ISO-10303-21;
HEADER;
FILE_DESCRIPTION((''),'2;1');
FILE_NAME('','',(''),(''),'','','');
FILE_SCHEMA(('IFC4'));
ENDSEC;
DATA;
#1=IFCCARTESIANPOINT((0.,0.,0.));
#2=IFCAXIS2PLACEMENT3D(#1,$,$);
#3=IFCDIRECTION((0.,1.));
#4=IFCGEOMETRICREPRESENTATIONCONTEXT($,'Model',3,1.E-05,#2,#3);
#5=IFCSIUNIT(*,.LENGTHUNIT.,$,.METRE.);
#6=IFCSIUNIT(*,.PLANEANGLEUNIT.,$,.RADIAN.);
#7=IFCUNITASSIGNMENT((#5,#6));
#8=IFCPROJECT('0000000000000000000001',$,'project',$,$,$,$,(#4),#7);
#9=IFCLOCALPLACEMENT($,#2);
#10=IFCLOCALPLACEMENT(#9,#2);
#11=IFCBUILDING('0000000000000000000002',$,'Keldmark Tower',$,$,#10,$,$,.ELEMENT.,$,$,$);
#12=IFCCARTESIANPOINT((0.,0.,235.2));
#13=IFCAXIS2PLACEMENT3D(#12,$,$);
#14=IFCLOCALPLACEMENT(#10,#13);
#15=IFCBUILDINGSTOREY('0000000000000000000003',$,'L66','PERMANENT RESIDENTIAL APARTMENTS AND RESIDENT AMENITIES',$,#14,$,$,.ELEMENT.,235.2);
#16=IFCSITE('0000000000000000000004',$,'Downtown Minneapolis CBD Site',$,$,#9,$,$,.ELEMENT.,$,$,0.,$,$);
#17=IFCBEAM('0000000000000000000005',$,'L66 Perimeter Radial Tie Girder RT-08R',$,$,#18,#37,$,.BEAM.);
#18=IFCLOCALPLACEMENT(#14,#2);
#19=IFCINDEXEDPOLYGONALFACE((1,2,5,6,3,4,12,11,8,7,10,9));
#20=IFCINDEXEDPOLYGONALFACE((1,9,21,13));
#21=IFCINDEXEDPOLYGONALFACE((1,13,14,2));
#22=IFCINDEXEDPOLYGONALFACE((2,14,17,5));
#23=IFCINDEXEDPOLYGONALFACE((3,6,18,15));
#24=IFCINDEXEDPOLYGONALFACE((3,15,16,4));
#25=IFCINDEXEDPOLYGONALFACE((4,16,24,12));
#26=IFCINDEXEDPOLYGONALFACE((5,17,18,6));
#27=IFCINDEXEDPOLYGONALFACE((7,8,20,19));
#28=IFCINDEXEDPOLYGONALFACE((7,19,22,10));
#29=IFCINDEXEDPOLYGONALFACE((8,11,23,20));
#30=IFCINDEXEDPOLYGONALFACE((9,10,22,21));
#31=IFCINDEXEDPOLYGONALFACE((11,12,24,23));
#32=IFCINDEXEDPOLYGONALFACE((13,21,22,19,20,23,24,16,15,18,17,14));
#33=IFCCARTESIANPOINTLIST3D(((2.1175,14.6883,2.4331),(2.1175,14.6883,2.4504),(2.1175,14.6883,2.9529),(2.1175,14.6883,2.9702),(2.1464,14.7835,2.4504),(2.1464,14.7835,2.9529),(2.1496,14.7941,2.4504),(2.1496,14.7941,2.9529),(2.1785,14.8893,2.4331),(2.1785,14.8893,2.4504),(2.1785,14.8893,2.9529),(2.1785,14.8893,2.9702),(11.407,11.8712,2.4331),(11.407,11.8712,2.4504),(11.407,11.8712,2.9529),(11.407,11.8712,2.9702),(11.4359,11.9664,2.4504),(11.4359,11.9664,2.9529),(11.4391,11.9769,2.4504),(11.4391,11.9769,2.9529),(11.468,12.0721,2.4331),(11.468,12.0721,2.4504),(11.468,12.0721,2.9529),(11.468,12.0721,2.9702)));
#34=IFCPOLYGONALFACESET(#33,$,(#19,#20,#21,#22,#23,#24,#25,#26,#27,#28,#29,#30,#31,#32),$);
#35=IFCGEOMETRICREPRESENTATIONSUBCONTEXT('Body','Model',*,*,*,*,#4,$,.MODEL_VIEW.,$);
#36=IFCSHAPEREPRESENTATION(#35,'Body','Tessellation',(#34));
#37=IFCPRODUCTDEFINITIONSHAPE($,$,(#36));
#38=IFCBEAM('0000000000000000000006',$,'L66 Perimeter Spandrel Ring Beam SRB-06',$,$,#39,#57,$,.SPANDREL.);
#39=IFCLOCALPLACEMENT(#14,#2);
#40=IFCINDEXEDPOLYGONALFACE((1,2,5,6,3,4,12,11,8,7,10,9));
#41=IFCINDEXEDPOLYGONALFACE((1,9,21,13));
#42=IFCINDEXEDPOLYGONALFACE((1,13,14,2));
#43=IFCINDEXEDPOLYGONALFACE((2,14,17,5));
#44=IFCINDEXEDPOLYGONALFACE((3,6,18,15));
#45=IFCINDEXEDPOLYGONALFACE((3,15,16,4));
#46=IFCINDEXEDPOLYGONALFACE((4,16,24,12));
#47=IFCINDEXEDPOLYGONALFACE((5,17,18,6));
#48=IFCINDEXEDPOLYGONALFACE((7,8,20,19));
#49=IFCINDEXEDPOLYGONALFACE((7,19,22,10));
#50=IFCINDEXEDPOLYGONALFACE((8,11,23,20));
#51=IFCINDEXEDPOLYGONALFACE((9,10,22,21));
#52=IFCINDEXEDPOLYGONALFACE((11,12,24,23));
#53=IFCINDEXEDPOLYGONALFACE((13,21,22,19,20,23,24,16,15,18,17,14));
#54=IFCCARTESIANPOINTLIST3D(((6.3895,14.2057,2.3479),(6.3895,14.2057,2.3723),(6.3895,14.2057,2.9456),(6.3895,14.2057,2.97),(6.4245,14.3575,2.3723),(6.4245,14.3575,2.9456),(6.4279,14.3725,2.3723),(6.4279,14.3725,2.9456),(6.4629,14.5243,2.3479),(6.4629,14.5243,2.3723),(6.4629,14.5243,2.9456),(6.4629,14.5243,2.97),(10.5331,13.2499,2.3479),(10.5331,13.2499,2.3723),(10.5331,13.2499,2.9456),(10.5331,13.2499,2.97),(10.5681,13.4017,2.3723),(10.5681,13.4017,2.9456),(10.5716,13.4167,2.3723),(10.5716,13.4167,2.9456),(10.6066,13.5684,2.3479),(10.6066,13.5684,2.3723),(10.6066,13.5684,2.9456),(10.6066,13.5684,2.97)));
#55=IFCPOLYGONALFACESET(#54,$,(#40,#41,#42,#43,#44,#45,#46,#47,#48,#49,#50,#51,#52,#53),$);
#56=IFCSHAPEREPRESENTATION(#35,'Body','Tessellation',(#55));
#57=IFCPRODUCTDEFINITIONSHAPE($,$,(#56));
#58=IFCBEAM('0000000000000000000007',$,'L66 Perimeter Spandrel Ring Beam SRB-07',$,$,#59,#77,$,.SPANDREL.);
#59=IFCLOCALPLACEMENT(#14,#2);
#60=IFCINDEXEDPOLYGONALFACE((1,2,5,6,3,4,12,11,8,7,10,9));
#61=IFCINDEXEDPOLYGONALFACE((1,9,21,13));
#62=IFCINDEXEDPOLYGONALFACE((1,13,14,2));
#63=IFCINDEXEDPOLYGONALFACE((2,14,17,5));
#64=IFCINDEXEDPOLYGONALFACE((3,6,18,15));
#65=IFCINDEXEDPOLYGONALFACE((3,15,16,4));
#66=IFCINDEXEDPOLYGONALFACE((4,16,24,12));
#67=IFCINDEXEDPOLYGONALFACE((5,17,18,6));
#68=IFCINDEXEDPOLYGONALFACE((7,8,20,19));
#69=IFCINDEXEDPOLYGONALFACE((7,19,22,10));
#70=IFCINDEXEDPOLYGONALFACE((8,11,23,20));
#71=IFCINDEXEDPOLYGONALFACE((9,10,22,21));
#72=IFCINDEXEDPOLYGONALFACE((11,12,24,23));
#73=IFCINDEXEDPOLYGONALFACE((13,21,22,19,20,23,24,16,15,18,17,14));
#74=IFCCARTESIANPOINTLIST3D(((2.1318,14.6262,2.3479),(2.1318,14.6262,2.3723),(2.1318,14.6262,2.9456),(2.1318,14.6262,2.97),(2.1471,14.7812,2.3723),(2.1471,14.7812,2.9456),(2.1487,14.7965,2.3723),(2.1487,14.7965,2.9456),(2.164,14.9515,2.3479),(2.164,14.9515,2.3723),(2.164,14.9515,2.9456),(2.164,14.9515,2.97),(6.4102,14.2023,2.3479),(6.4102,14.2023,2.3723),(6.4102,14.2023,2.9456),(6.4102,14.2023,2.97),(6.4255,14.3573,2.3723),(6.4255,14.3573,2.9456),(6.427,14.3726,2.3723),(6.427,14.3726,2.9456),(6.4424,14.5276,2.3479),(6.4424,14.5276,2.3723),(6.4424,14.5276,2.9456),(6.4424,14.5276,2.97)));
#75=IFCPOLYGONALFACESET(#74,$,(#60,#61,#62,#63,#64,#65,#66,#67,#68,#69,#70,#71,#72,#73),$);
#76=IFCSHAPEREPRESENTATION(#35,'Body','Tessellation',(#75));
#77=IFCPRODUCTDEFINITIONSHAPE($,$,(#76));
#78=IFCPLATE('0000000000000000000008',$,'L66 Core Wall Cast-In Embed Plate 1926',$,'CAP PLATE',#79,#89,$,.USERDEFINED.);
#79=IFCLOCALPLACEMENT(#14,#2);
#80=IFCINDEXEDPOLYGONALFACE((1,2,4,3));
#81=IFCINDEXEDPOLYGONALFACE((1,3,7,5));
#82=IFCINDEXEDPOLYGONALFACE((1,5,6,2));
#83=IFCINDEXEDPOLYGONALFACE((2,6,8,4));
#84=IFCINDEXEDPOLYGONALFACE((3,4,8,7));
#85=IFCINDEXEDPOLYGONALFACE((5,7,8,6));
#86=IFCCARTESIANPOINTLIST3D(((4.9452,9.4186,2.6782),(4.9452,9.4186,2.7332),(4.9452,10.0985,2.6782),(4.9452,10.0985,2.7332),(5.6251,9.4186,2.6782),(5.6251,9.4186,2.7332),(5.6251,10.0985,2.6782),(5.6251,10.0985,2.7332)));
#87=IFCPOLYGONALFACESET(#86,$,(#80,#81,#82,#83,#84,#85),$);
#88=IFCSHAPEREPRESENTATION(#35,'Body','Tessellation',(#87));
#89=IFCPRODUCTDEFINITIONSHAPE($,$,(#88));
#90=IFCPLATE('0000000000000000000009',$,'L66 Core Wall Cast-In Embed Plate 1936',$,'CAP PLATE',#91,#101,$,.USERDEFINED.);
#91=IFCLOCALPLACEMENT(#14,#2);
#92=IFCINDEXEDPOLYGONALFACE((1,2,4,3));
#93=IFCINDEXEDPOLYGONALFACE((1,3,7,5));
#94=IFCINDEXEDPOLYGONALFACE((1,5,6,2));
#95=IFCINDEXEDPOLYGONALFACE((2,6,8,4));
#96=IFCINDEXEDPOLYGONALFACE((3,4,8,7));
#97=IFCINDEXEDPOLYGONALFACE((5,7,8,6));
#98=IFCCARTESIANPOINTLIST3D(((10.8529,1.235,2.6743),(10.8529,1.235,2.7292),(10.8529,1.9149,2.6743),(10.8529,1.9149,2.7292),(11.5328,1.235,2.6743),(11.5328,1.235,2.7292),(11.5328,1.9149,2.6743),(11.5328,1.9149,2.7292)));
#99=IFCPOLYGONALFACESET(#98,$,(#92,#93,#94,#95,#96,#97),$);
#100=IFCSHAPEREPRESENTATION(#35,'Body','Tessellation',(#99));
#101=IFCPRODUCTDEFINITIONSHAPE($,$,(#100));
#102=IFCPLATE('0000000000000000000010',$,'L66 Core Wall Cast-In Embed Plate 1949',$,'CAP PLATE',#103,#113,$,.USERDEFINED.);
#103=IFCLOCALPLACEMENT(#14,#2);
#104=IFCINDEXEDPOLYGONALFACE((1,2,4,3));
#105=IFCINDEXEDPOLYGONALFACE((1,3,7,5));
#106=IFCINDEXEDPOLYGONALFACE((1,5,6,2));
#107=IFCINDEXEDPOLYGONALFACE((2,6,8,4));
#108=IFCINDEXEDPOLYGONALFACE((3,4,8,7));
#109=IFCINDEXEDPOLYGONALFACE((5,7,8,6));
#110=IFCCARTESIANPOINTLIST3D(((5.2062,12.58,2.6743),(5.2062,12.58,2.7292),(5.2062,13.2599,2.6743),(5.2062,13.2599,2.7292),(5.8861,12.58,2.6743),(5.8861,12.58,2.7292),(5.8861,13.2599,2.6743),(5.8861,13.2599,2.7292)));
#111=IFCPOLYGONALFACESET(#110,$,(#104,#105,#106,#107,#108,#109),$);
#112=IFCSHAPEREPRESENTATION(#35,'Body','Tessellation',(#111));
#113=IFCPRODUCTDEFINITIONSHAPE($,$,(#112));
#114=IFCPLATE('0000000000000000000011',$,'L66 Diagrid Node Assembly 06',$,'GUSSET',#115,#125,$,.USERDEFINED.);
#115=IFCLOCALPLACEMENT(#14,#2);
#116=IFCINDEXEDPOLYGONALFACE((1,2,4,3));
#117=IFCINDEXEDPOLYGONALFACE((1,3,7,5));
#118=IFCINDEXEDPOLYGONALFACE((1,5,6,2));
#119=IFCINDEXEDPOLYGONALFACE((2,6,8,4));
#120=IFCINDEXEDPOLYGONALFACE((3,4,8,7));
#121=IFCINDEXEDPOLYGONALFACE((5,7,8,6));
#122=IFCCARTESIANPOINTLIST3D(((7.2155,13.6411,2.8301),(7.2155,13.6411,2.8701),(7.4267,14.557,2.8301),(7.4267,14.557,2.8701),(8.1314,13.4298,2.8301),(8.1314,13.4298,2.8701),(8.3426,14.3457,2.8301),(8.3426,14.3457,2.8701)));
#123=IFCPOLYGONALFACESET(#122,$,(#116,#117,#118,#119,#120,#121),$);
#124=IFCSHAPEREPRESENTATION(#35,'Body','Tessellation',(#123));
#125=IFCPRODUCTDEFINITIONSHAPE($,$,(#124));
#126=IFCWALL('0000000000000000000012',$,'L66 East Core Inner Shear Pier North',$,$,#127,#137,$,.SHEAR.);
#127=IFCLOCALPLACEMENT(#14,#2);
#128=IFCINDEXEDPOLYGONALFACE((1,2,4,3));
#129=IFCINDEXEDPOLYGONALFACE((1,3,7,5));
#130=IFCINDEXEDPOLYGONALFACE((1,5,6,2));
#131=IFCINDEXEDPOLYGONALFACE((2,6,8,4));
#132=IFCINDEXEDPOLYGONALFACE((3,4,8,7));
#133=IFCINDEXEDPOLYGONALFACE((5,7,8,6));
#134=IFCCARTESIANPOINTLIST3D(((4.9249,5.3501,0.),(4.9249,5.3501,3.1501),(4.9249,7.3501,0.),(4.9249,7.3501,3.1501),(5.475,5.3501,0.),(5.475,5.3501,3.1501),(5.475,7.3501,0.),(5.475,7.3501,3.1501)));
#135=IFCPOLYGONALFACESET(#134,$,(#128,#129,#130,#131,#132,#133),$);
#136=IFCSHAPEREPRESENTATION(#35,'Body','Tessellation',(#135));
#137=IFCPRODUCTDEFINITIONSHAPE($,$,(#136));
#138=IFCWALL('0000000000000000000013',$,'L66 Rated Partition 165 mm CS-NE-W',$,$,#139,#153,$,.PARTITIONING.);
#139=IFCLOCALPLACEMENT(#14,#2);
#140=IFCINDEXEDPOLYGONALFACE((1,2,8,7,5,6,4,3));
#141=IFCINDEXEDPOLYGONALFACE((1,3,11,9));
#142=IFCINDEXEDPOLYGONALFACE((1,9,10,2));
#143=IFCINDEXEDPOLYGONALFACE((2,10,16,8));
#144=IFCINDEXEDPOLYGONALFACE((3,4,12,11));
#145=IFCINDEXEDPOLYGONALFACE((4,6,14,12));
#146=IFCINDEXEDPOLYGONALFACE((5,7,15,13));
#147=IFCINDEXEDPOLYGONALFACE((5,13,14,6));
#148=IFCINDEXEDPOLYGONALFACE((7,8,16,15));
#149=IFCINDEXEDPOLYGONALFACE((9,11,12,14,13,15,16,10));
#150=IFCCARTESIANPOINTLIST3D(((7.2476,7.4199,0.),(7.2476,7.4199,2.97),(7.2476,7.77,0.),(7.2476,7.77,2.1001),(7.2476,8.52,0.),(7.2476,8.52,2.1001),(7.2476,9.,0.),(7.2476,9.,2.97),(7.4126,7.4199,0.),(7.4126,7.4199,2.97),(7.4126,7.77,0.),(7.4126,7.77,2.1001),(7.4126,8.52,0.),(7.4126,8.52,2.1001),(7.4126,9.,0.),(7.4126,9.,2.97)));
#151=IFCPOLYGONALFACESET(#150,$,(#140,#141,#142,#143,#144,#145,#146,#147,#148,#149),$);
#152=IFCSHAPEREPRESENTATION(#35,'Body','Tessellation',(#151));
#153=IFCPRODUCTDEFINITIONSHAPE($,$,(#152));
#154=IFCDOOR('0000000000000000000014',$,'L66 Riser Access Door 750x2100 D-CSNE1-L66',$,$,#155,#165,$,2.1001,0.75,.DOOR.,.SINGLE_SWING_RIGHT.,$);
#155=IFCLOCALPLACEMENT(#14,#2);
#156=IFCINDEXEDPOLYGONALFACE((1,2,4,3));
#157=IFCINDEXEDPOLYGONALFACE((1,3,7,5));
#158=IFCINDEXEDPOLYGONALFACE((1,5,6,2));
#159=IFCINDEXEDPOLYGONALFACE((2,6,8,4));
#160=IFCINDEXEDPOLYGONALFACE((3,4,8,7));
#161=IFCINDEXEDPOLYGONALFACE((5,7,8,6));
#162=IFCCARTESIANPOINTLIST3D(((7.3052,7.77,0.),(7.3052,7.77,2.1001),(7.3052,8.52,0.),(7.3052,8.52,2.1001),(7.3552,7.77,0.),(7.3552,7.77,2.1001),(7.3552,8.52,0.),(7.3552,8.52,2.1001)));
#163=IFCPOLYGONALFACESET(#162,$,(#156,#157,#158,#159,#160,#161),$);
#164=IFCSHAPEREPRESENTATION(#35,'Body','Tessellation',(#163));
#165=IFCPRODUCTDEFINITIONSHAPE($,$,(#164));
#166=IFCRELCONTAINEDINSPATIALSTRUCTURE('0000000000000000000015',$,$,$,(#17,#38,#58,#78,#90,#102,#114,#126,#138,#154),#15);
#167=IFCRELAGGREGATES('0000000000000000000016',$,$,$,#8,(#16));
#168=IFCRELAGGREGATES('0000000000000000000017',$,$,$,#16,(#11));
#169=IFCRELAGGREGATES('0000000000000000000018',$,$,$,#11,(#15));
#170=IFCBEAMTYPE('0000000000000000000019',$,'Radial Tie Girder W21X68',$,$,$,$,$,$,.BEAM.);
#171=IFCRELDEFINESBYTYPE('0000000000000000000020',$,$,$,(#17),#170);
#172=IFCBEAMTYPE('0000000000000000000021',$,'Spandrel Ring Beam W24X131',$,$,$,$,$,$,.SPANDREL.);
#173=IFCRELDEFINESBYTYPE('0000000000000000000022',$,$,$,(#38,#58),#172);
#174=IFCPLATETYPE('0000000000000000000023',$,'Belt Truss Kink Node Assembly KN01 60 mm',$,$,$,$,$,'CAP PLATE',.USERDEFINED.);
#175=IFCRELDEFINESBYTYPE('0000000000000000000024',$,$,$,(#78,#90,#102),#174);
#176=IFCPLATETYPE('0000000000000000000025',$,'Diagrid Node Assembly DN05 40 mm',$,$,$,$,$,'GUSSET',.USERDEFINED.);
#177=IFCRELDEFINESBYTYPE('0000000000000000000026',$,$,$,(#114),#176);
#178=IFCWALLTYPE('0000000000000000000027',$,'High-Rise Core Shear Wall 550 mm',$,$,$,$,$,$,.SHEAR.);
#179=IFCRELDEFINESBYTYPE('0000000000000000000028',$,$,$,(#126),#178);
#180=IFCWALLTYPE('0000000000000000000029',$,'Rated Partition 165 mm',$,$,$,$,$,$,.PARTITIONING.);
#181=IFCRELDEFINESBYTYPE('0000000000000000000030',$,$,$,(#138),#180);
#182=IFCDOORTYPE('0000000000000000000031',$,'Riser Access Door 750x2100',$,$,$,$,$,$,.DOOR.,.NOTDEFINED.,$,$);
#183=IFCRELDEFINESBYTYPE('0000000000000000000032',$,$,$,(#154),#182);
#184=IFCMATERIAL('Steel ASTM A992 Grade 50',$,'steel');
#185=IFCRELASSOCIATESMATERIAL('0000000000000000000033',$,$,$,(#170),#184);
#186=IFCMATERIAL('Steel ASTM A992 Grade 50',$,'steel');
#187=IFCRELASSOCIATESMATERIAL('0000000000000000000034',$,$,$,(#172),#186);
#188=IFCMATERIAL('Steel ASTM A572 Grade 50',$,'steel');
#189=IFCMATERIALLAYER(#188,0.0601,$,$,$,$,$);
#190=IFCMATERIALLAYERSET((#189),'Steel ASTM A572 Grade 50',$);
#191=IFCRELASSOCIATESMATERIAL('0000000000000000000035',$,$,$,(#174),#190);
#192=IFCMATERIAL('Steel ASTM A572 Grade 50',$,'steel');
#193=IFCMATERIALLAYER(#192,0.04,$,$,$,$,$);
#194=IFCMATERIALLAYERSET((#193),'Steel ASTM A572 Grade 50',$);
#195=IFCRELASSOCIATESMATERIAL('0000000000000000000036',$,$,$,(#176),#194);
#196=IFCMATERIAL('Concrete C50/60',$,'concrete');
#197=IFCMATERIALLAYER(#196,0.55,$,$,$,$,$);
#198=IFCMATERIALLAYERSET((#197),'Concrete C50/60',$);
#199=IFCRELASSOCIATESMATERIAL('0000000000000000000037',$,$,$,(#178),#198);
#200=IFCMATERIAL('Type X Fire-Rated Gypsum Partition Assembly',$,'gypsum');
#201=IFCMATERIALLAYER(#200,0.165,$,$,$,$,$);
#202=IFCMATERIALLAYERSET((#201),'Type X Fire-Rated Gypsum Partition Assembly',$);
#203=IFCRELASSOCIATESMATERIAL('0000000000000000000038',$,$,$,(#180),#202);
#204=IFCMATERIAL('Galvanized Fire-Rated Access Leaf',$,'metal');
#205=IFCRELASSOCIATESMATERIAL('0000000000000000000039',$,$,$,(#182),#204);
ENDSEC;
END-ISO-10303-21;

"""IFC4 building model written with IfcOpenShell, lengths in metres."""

from ifc_helpers import new_model, si_unit, direction, frame, frame_2d, origin, origin_2d, place, context, subcontext, project, spatial, rectangle, i_section, extrude, material, layer, layer_set, material_profile, profile_set, type_object, element, fill, save


model = new_model("IFC4")

# Units and contexts
model_context = context("Model", 3, precision=1e-05, world=origin(), true_north=direction((0.0, 1.0)))
body_context = subcontext(model_context, "Body", "Model", "MODEL_VIEW")
ifc_project = project(units=[si_unit("LENGTHUNIT", "METRE"), si_unit("PLANEANGLEUNIT", "RADIAN")], contexts=[model_context])

# Site, building, storey
site_placement = place(None, origin())
site = spatial("IfcSite", under=ifc_project, at=site_placement, Name="Downtown Minneapolis CBD Site", CompositionType="ELEMENT", RefElevation=0.0)
building_placement = place(site_placement, origin())
building = spatial("IfcBuilding", under=site, at=building_placement, Name="Keldmark Tower", CompositionType="ELEMENT")
storey_placement = place(building_placement, frame((0.0, 0.0, 235.2)))
storey = spatial("IfcBuildingStorey", under=building, at=storey_placement, Name="L66", Description="PERMANENT RESIDENTIAL APARTMENTS AND RESIDENT AMENITIES", CompositionType="ELEMENT", Elevation=235.2)

# Beams
ifc_material_1 = material(Name="Steel ASTM A992 Grade 50", Category="steel")
ifc_material_profile_1 = material_profile(ifc_material_1, i_section(OverallWidth=0.21, OverallDepth=0.5371, WebThickness=0.011, FlangeThickness=0.0173, at=origin_2d()), Name="W21X68")
ifc_profile_set_1 = profile_set([ifc_material_profile_1], Name="Steel ASTM A992 Grade 50")
beam_type_1 = type_object("IfcBeamType", Name="Radial Tie Girder W21X68", PredefinedType="BEAM", material=ifc_profile_set_1)
beam_1_placement = place(storey_placement, frame((11.4375, 11.9717, 2.7017), z_axis=(-0.956964, 0.290208, 0.0), x_axis=(-0.290208, -0.956964, 0.0)))
element("IfcBeam", 1, at=beam_1_placement, inside=storey, type_object=beam_type_1, Name="L66 Perimeter Radial Tie Girder RT-08R", PredefinedType="BEAM", context=body_context, shape_type="SweptSolid", body=[
    extrude(i_section(OverallWidth=0.21, OverallDepth=0.5371, WebThickness=0.011, FlangeThickness=0.0173, at=origin_2d()), origin(), (0.0, 0.0, 1.0), 9.7073),
])
ifc_material_2 = material(Name="Steel ASTM A992 Grade 50", Category="steel")
ifc_material_profile_2 = material_profile(ifc_material_2, i_section(OverallWidth=0.3269, OverallDepth=0.6221, WebThickness=0.0154, FlangeThickness=0.0244, at=origin_2d()), Name="W24X131")
ifc_profile_set_2 = profile_set([ifc_material_profile_2], Name="Steel ASTM A992 Grade 50")
beam_type_2 = type_object("IfcBeamType", Name="Spandrel Ring Beam W24X131", PredefinedType="SPANDREL", material=ifc_profile_set_2)
beam_2_placement = place(storey_placement, frame((10.5698, 13.4092, 2.6589), z_axis=(-0.974412, 0.224771, 0.0), x_axis=(-0.224771, -0.974412, 0.0)))
element("IfcBeam", 2, at=beam_2_placement, inside=storey, type_object=beam_type_2, Name="L66 Perimeter Spandrel Ring Beam SRB-06", PredefinedType="SPANDREL", context=body_context, shape_type="SweptSolid", body=[
    extrude(i_section(OverallWidth=0.3269, OverallDepth=0.6221, WebThickness=0.0154, FlangeThickness=0.0244, at=origin_2d()), origin(), (0.0, 0.0, 1.0), 4.2524),
])
beam_3_placement = place(storey_placement, frame((6.4263, 14.365, 2.6589), z_axis=(-0.995129, 0.098582, 0.0), x_axis=(-0.098582, -0.995129, 0.0)))
element("IfcBeam", 3, at=beam_3_placement, inside=storey, type_object=beam_type_2, Name="L66 Perimeter Spandrel Ring Beam SRB-07", PredefinedType="SPANDREL", context=body_context, shape_type="SweptSolid", body=[
    extrude(i_section(OverallWidth=0.3269, OverallDepth=0.6221, WebThickness=0.0154, FlangeThickness=0.0244, at=origin_2d()), origin(), (0.0, 0.0, 1.0), 4.2993),
])

# Plates
ifc_material_3 = material(Name="Steel ASTM A572 Grade 50", Category="steel")
ifc_layer_1 = layer(ifc_material_3, 0.0601)
ifc_layer_set_1 = layer_set([ifc_layer_1], Name="Steel ASTM A572 Grade 50")
plate_type_1 = type_object("IfcPlateType", Name="Belt Truss Kink Node Assembly KN01 60 mm", ElementType="CAP PLATE", PredefinedType="USERDEFINED", material=ifc_layer_set_1)
for number, where, z_axis, x_axis, name in (
    (4, (5.2852, 9.7585, 2.6782), (0.0, 0.0, 1.0), (1.0, 0.0, 0.0), "L66 Core Wall Cast-In Embed Plate 1926"),
    (5, (11.1929, 1.575, 2.6743), (0.0, 0.0, 1.0), (1.0, 0.0, 0.0), "L66 Core Wall Cast-In Embed Plate 1936"),
    (6, (5.5461, 12.9199, 2.6743), (0.0, 0.0, 1.0), (1.0, 0.0, 0.0), "L66 Core Wall Cast-In Embed Plate 1949"),
):
    element("IfcPlate", number, at=place(storey_placement, frame(where, z_axis=z_axis, x_axis=x_axis)), inside=storey, type_object=plate_type_1, Name=name, ObjectType="CAP PLATE", PredefinedType="USERDEFINED", context=body_context, shape_type="SweptSolid", body=[
        extrude(rectangle(XDim=0.6799, YDim=0.6799, at=origin_2d()), origin(), (0.0, 0.0, 1.0), 0.0549),
    ])
ifc_material_4 = material(Name="Steel ASTM A572 Grade 50", Category="steel")
ifc_layer_2 = layer(ifc_material_4, 0.04)
ifc_layer_set_2 = layer_set([ifc_layer_2], Name="Steel ASTM A572 Grade 50")
plate_type_2 = type_object("IfcPlateType", Name="Diagrid Node Assembly DN05 40 mm", ElementType="GUSSET", PredefinedType="USERDEFINED", material=ifc_layer_set_2)
plate_placement = place(storey_placement, frame((7.7791, 13.9934, 2.8301), z_axis=(0.0, 0.0, 1.0), x_axis=(-0.974409, 0.224781, 0.0)))
element("IfcPlate", 7, at=plate_placement, inside=storey, type_object=plate_type_2, Name="L66 Diagrid Node Assembly 06", ObjectType="GUSSET", PredefinedType="USERDEFINED", context=body_context, shape_type="SweptSolid", body=[
    extrude(rectangle(XDim=0.9399, YDim=0.9399, at=origin_2d()), origin(), (0.0, 0.0, 1.0), 0.04),
])

# Wall
ifc_material_5 = material(Name="Concrete C50/60", Category="concrete")
ifc_layer_3 = layer(ifc_material_5, 0.55)
ifc_layer_set_3 = layer_set([ifc_layer_3], Name="Concrete C50/60")
wall_type_1 = type_object("IfcWallType", Name="High-Rise Core Shear Wall 550 mm", PredefinedType="SHEAR", material=ifc_layer_set_3)
wall_1_placement = place(storey_placement, frame((5.2, 5.3501, 0.0), z_axis=(0.0, 0.0, 1.0), x_axis=(0.0, 1.0, 0.0)))
element("IfcWall", 8, at=wall_1_placement, inside=storey, type_object=wall_type_1, Name="L66 East Core Inner Shear Pier North", PredefinedType="SHEAR", context=body_context, shape_type="SweptSolid", body=[
    extrude(rectangle(XDim=2.0, YDim=0.55, at=frame_2d((1.0, 0.0))), origin(), (0.0, 0.0, 1.0), 3.1501),
])

# Wall, opening, door
ifc_material_6 = material(Name="Type X Fire-Rated Gypsum Partition Assembly", Category="gypsum")
ifc_layer_4 = layer(ifc_material_6, 0.165)
ifc_layer_set_4 = layer_set([ifc_layer_4], Name="Type X Fire-Rated Gypsum Partition Assembly")
wall_type_2 = type_object("IfcWallType", Name="Rated Partition 165 mm", PredefinedType="PARTITIONING", material=ifc_layer_set_4)
wall_2_placement = place(storey_placement, frame((7.3301, 7.4199, 0.0), z_axis=(0.0, 0.0, 1.0), x_axis=(0.0, 1.0, 0.0)))
wall_2 = element("IfcWall", 9, at=wall_2_placement, inside=storey, type_object=wall_type_2, Name="L66 Rated Partition 165 mm CS-NE-W", PredefinedType="PARTITIONING", context=body_context, shape_type="SweptSolid", body=[
    extrude(rectangle(XDim=1.5801, YDim=0.165, at=frame_2d((0.79, 0.0))), origin(), (0.0, 0.0, 1.0), 2.97),
])
opening_1_placement = place(wall_2_placement, frame((0.3501, 0.0, 0.0)))
opening_1 = element("IfcOpeningElement", 10, at=opening_1_placement, cuts=wall_2, PredefinedType="OPENING", context=body_context, shape_type="SweptSolid", body=[
    extrude(rectangle(XDim=0.75, YDim=2.1001, at=frame_2d((0.375, 1.05))), frame((0.0, 0.0925, 0.0), z_axis=(0.0, -1.0, 0.0), x_axis=(1.0, 0.0, 0.0)), (0.0, 0.0, 1.0), 0.1851),
])
ifc_material_7 = material(Name="Galvanized Fire-Rated Access Leaf", Category="metal")
door_type_1 = type_object("IfcDoorType", Name="Riser Access Door 750x2100", OperationType="NOTDEFINED", PredefinedType="DOOR", material=ifc_material_7)
door_1_placement = place(opening_1_placement, origin())
door_1 = element("IfcDoor", 11, at=door_1_placement, inside=storey, type_object=door_type_1, Name="L66 Riser Access Door 750x2100 D-CSNE1-L66", OperationType="SINGLE_SWING_RIGHT", OverallHeight=2.1001, OverallWidth=0.75, PredefinedType="DOOR", context=body_context, shape_type="SweptSolid", body=[
    extrude(rectangle(XDim=0.75, YDim=2.1001, at=frame_2d((0.375, 1.05))), frame((0.0, 0.0249, 0.0), z_axis=(0.0, -1.0, 0.0), x_axis=(1.0, 0.0, 0.0)), (0.0, 0.0, 1.0), 0.05),
])
fill(opening_1, door_1)

save(model, "model.ifc")
